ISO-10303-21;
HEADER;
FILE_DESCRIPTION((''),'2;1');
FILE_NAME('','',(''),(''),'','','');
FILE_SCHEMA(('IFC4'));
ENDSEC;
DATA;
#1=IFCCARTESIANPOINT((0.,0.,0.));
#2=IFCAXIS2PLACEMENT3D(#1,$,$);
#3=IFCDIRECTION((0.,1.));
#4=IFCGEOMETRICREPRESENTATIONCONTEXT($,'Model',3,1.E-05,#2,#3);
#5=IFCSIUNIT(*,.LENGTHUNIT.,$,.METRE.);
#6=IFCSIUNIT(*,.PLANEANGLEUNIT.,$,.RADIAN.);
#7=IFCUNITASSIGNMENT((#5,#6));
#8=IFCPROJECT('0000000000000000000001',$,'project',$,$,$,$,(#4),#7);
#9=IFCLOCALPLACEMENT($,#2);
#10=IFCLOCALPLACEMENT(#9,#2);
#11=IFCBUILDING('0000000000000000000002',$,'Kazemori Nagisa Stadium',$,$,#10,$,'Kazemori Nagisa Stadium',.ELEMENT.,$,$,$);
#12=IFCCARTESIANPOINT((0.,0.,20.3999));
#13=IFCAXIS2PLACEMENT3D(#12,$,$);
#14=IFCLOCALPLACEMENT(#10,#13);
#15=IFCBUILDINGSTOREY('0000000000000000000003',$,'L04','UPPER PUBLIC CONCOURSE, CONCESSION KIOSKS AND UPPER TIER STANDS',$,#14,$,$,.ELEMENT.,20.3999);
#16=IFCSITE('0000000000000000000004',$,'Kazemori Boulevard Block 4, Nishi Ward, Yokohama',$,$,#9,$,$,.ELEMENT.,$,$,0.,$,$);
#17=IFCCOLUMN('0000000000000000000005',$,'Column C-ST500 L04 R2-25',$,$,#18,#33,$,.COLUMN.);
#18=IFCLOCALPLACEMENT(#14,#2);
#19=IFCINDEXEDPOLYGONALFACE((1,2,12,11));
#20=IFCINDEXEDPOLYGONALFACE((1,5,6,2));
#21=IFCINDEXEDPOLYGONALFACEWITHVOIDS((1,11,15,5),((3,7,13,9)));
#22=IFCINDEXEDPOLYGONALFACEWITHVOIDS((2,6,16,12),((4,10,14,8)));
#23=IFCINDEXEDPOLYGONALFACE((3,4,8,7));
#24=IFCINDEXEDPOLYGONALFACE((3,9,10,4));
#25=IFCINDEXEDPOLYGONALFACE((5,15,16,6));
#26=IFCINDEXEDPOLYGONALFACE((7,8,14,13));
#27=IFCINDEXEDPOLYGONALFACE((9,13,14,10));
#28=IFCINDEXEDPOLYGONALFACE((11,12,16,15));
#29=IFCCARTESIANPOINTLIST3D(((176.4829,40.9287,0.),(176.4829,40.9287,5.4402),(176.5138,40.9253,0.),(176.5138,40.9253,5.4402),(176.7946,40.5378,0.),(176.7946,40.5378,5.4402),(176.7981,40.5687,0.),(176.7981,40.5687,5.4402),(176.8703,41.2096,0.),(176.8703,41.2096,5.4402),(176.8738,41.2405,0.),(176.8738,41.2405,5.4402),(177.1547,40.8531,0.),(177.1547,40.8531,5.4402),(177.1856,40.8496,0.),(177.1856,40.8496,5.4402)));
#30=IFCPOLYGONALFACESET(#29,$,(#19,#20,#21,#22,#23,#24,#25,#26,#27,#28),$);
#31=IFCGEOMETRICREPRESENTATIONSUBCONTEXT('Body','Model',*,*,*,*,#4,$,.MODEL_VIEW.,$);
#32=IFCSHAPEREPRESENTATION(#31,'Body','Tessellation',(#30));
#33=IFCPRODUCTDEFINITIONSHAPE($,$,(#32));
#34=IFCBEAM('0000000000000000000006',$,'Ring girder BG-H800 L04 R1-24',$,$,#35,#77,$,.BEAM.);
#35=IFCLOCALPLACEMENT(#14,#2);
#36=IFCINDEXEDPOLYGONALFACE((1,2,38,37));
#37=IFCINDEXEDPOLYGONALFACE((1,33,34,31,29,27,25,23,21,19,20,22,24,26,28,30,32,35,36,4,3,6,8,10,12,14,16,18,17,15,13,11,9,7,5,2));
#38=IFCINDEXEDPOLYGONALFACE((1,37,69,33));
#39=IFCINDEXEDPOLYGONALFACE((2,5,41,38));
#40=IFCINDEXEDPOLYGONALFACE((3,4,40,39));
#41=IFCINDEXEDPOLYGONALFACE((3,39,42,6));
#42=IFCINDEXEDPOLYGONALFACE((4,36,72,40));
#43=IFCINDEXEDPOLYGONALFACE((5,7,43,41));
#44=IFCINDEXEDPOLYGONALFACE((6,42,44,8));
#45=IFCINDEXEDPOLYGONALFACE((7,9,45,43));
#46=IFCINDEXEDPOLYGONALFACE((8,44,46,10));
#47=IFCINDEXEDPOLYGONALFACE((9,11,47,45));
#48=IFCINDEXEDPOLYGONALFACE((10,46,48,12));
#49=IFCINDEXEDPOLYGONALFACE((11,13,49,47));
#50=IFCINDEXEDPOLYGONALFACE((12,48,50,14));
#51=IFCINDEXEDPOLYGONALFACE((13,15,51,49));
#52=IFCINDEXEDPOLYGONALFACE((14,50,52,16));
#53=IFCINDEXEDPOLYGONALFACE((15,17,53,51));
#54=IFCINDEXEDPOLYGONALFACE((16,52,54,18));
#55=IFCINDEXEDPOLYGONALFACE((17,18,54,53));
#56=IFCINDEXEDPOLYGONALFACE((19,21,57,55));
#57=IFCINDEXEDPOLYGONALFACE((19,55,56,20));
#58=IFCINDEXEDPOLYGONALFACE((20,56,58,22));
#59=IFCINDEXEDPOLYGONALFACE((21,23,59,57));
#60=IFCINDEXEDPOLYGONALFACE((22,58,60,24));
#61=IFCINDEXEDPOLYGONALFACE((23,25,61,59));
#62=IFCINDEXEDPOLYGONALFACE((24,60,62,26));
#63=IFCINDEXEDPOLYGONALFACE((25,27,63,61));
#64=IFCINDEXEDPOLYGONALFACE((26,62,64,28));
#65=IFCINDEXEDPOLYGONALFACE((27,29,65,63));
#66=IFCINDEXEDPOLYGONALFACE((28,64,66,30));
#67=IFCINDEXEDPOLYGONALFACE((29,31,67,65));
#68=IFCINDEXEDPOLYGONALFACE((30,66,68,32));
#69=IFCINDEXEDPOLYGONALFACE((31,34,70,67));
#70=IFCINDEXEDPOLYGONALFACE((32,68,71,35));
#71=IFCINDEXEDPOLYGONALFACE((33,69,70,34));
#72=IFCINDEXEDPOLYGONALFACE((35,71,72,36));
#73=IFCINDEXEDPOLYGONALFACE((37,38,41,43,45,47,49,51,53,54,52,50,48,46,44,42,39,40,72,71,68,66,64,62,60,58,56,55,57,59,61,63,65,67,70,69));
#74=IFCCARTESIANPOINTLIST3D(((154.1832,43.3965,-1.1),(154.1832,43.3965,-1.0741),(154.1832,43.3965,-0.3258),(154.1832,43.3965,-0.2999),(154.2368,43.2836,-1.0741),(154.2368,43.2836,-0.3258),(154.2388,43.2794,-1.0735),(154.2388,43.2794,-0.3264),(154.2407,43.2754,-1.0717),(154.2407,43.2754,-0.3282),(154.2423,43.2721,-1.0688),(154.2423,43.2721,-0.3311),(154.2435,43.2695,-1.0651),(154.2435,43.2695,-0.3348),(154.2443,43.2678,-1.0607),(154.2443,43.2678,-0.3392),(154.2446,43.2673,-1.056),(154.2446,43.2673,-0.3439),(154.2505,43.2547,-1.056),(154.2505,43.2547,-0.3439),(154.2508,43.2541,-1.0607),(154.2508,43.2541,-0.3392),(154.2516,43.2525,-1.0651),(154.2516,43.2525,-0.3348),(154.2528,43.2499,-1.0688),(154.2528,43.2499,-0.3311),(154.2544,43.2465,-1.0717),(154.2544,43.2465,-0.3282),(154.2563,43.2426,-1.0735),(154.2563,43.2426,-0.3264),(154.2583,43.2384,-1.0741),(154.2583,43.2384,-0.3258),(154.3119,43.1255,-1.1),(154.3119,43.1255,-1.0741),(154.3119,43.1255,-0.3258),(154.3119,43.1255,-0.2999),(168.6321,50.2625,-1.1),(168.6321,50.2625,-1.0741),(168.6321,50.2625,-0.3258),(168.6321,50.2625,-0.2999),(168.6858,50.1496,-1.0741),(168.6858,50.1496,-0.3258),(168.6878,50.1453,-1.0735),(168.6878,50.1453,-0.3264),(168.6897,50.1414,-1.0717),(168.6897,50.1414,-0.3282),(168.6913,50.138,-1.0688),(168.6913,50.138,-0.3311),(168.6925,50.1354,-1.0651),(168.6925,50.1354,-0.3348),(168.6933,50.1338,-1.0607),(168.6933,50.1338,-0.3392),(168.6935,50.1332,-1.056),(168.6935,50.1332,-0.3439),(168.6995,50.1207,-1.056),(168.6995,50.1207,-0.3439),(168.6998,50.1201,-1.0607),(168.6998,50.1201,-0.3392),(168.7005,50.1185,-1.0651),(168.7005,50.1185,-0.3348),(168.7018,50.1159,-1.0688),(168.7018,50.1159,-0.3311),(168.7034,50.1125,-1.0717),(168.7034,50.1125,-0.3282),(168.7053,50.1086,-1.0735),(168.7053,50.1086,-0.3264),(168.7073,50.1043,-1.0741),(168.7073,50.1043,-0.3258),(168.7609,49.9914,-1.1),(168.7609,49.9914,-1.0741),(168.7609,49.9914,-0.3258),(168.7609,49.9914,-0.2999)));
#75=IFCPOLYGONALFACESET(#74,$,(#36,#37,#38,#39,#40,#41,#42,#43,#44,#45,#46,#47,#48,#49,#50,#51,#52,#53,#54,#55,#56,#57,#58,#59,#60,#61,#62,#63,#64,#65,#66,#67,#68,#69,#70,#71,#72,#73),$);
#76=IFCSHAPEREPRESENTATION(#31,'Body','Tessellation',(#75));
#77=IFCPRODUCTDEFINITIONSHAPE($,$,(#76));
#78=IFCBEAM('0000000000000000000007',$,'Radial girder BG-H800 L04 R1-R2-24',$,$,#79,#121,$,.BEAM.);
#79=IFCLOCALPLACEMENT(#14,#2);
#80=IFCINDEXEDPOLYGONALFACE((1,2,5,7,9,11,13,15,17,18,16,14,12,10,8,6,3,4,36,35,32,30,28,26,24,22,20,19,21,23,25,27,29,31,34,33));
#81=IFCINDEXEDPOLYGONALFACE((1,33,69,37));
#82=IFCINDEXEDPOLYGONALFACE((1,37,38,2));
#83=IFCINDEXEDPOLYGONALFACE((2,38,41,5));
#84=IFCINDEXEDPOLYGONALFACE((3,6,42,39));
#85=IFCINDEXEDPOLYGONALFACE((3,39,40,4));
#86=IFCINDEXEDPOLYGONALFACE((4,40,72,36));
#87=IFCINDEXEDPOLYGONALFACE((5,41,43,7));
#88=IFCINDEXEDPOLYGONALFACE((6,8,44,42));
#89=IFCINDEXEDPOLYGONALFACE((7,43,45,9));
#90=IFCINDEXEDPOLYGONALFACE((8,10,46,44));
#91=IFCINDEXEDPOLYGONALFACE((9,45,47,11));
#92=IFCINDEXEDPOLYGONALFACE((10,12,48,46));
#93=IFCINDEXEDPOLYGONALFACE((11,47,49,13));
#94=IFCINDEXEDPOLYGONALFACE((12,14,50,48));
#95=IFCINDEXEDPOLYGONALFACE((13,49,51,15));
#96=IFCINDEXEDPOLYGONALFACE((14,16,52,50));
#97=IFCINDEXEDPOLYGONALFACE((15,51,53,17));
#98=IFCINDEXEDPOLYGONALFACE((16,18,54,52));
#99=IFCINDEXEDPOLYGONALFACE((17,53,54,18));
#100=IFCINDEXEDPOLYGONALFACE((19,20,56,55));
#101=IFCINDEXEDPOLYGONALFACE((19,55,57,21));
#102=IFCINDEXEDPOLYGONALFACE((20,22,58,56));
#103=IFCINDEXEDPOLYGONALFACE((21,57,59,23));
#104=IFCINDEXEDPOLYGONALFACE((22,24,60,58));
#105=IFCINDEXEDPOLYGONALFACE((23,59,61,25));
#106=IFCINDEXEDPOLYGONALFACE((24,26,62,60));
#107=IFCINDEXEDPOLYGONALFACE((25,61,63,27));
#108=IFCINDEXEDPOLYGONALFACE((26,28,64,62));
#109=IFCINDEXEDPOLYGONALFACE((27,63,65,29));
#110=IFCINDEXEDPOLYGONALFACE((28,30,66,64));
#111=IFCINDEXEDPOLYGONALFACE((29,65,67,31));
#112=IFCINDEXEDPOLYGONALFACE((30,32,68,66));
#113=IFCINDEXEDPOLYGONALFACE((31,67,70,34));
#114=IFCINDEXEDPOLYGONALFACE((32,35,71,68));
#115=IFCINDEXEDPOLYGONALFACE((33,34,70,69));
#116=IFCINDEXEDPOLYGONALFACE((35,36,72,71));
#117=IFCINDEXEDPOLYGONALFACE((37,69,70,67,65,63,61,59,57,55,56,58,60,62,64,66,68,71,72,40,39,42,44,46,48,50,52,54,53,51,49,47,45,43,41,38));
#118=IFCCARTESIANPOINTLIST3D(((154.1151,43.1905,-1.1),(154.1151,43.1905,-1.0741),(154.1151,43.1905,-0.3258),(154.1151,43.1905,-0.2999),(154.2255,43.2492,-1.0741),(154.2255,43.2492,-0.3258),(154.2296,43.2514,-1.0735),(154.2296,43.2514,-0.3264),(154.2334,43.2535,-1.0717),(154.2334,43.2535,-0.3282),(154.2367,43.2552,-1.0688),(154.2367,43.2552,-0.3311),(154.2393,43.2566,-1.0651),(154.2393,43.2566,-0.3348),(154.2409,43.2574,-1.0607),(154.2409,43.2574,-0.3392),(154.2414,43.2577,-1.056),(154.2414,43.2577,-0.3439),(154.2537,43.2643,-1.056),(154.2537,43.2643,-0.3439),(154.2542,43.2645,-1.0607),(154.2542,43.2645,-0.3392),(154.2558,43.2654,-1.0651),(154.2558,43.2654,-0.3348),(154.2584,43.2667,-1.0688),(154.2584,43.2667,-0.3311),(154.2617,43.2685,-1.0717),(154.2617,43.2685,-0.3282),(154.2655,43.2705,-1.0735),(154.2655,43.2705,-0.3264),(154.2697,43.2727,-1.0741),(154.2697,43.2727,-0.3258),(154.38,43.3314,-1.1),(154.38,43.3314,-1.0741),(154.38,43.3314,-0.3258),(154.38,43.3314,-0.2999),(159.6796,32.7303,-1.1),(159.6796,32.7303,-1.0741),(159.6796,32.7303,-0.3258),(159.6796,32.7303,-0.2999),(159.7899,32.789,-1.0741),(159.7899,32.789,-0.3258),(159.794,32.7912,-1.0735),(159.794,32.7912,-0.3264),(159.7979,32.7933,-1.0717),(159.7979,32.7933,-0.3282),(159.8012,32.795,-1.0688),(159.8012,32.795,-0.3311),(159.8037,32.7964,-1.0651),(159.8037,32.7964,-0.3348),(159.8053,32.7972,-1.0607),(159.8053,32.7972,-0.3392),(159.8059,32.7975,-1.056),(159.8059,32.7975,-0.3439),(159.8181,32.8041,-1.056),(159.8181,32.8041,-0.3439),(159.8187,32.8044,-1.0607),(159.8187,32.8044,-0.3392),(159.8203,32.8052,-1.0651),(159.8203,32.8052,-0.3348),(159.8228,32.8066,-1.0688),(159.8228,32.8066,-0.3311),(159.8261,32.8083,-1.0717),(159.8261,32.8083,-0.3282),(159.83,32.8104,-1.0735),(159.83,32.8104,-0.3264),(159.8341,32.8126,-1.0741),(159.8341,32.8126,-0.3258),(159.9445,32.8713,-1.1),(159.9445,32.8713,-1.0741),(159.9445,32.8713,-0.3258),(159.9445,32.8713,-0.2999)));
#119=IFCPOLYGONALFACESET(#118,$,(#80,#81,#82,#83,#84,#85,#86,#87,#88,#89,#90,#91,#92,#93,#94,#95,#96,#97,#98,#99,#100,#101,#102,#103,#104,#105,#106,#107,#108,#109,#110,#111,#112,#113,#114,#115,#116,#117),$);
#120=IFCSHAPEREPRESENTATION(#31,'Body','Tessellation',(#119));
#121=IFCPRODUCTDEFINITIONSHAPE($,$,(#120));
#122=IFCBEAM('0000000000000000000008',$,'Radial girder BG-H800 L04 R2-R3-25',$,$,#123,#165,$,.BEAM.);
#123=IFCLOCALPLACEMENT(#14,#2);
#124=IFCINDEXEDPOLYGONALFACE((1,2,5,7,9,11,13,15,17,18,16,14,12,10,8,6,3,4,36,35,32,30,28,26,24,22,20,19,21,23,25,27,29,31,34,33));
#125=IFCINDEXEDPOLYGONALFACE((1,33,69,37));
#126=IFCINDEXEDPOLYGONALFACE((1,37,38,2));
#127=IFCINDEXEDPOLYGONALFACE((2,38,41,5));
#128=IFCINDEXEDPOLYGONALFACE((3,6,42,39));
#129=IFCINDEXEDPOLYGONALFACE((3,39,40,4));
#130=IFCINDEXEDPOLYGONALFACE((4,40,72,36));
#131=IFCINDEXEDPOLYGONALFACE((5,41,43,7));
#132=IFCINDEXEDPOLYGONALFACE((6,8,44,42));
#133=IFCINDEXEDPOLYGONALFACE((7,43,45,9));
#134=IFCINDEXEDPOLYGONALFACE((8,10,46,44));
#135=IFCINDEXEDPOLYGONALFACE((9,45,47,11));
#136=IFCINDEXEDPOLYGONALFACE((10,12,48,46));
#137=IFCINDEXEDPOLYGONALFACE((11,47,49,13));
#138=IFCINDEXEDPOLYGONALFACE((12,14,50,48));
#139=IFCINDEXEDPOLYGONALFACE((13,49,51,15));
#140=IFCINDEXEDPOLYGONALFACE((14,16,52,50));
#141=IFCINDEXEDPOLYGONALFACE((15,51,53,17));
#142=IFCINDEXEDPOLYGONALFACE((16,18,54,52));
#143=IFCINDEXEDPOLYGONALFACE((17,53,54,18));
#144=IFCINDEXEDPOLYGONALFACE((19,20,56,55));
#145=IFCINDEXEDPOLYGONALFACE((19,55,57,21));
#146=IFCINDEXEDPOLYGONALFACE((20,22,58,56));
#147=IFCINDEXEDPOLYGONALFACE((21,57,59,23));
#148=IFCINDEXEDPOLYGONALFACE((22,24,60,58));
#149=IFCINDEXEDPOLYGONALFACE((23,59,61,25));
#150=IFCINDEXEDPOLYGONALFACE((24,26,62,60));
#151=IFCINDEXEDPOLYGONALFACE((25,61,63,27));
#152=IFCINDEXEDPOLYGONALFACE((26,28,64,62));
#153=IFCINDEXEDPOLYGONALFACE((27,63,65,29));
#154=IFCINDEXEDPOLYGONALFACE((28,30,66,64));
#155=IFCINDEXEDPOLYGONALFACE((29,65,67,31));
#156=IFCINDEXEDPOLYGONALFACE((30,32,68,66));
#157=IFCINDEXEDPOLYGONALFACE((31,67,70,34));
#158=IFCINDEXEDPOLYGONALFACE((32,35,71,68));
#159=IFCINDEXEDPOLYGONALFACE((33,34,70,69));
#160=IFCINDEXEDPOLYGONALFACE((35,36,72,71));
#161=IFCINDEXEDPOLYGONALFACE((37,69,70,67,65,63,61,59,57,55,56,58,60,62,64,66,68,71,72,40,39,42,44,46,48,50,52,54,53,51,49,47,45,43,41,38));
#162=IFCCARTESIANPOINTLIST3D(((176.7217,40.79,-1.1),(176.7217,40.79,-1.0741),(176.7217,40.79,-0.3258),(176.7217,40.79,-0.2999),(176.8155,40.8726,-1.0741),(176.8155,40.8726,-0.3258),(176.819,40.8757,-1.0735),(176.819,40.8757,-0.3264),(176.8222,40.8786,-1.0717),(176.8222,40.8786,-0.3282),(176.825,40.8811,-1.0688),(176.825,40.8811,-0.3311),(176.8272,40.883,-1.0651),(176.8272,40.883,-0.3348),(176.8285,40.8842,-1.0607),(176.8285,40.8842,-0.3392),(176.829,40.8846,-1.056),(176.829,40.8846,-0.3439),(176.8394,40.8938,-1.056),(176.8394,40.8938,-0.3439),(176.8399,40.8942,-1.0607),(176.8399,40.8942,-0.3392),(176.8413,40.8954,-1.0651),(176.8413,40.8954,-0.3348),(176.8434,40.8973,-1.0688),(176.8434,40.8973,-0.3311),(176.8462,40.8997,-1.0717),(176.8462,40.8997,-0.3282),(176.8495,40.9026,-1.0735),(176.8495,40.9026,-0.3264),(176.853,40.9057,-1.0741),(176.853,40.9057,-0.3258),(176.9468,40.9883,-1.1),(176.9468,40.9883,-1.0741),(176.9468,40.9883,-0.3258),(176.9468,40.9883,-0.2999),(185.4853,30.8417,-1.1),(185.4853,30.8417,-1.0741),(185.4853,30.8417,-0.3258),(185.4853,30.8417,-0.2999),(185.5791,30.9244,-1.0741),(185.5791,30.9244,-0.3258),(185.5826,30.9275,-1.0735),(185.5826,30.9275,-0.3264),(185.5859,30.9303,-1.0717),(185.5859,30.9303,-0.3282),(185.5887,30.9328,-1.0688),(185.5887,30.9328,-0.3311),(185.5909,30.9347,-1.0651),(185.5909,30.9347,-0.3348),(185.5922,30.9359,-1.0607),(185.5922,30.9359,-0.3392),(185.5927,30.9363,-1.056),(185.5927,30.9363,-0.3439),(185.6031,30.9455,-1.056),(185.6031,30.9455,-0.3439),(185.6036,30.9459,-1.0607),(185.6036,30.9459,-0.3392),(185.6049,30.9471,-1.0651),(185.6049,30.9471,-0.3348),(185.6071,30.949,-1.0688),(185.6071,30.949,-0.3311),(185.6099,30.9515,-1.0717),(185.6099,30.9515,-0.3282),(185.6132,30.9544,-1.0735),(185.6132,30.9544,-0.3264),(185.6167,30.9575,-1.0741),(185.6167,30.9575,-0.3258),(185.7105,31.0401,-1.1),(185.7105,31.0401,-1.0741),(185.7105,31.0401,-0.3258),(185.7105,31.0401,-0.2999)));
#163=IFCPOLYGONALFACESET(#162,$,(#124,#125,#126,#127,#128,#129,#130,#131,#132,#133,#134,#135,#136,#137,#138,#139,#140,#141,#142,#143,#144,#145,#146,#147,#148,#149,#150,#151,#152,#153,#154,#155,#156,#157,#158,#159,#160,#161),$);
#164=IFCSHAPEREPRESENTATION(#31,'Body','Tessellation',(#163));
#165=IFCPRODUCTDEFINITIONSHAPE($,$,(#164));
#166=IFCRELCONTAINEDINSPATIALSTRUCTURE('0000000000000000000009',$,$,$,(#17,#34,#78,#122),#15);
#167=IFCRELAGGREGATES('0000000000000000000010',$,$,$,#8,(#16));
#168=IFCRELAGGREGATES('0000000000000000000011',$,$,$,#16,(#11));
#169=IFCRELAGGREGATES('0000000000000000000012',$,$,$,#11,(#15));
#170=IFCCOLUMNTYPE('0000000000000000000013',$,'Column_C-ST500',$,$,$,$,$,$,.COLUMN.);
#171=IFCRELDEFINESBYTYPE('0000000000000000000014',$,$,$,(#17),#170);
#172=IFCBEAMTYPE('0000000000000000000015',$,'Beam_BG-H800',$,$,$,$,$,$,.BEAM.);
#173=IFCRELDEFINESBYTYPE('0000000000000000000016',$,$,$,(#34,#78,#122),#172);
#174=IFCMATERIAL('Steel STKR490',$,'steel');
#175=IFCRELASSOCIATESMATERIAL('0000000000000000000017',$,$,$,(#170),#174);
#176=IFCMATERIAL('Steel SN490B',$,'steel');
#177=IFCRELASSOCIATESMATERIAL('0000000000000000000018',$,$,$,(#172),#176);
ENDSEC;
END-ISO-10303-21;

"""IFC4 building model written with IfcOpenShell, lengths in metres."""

from ifc_helpers import new_model, si_unit, direction, frame, origin, origin_2d, place, context, subcontext, project, spatial, hollow_rectangle, i_section, extrude, material, material_profile, profile_set, type_object, element, save


model = new_model("IFC4")

# Units and contexts
model_context = context("Model", 3, precision=1e-05, world=origin(), true_north=direction((0.0, 1.0)))
body_context = subcontext(model_context, "Body", "Model", "MODEL_VIEW")
ifc_project = project(units=[si_unit("LENGTHUNIT", "METRE"), si_unit("PLANEANGLEUNIT", "RADIAN")], contexts=[model_context])

# Site, building, storey
site_placement = place(None, origin())
site = spatial("IfcSite", under=ifc_project, at=site_placement, Name="Kazemori Boulevard Block 4, Nishi Ward, Yokohama", CompositionType="ELEMENT", RefElevation=0.0)
building_placement = place(site_placement, origin())
building = spatial("IfcBuilding", under=site, at=building_placement, Name="Kazemori Nagisa Stadium", LongName="Kazemori Nagisa Stadium", CompositionType="ELEMENT")
storey_placement = place(building_placement, frame((0.0, 0.0, 20.3999)))
storey = spatial("IfcBuildingStorey", under=building, at=storey_placement, Name="L04", Description="UPPER PUBLIC CONCOURSE, CONCESSION KIOSKS AND UPPER TIER STANDS", CompositionType="ELEMENT", Elevation=20.3999)

# Column
ifc_material_1 = material(Name="Steel STKR490", Category="steel")
ifc_material_profile_1 = material_profile(ifc_material_1, hollow_rectangle(XDim=0.5, YDim=0.5, WallThickness=0.022, at=origin_2d()), Name="SHS-500x500x22")
ifc_profile_set_1 = profile_set([ifc_material_profile_1], Name="Steel STKR490")
column_type = type_object("IfcColumnType", Name="Column_C-ST500", PredefinedType="COLUMN", material=ifc_profile_set_1)
column_placement = place(storey_placement, frame((176.8342, 40.8892, 0.0), z_axis=(0.0, 0.0, 1.0), x_axis=(0.62349, -0.781831, 0.0)))
element("IfcColumn", 1, at=column_placement, inside=storey, type_object=column_type, Name="Column C-ST500 L04 R2-25", PredefinedType="COLUMN", context=body_context, shape_type="SweptSolid", body=[
    extrude(hollow_rectangle(XDim=0.5, YDim=0.5, WallThickness=0.022, at=origin_2d()), origin(), (0.0, 0.0, 1.0), 5.4402),
])

# Beams
ifc_material_2 = material(Name="Steel SN490B", Category="steel")
ifc_material_profile_2 = material_profile(ifc_material_2, i_section(OverallWidth=0.3, OverallDepth=0.8, WebThickness=0.0139, FlangeThickness=0.0259, FilletRadius=0.0181, at=origin_2d()), Name="H-800x300x14x26")
ifc_profile_set_2 = profile_set([ifc_material_profile_2], Name="Steel SN490B")
beam_type_1 = type_object("IfcBeamType", Name="Beam_BG-H800", PredefinedType="BEAM", material=ifc_profile_set_2)
beam_1_placement = place(storey_placement, frame((154.2476, 43.261, -0.7), z_axis=(0.903212, 0.429195, 0.0), x_axis=(-0.429195, 0.903212, 0.0)))
element("IfcBeam", 2, at=beam_1_placement, inside=storey, type_object=beam_type_1, Name="Ring girder BG-H800 L04 R1-24", PredefinedType="BEAM", context=body_context, shape_type="SweptSolid", body=[
    extrude(i_section(OverallWidth=0.3, OverallDepth=0.8, WebThickness=0.0139, FlangeThickness=0.0259, FilletRadius=0.0181, at=origin_2d()), origin(), (0.0, 0.0, 1.0), 15.9973),
])
beam_2_placement = place(storey_placement, frame((154.2476, 43.261, -0.7), z_axis=(0.469647, -0.882854, 0.0), x_axis=(0.882854, 0.469647, 0.0)))
element("IfcBeam", 3, at=beam_2_placement, inside=storey, type_object=beam_type_1, Name="Radial girder BG-H800 L04 R1-R2-24", PredefinedType="BEAM", context=body_context, shape_type="SweptSolid", body=[
    extrude(i_section(OverallWidth=0.3, OverallDepth=0.8, WebThickness=0.0139, FlangeThickness=0.0259, FilletRadius=0.0181, at=origin_2d()), origin(), (0.0, 0.0, 1.0), 11.8481),
])
beam_3_placement = place(storey_placement, frame((176.8342, 40.8892, -0.7), z_axis=(0.66102, -0.750369, 0.0), x_axis=(0.750369, 0.66102, 0.0)))
element("IfcBeam", 4, at=beam_3_placement, inside=storey, type_object=beam_type_1, Name="Radial girder BG-H800 L04 R2-R3-25", PredefinedType="BEAM", context=body_context, shape_type="SweptSolid", body=[
    extrude(i_section(OverallWidth=0.3, OverallDepth=0.8, WebThickness=0.0139, FlangeThickness=0.0259, FilletRadius=0.0181, at=origin_2d()), origin(), (0.0, 0.0, 1.0), 13.2578),
])

save(model, "model.ifc")
